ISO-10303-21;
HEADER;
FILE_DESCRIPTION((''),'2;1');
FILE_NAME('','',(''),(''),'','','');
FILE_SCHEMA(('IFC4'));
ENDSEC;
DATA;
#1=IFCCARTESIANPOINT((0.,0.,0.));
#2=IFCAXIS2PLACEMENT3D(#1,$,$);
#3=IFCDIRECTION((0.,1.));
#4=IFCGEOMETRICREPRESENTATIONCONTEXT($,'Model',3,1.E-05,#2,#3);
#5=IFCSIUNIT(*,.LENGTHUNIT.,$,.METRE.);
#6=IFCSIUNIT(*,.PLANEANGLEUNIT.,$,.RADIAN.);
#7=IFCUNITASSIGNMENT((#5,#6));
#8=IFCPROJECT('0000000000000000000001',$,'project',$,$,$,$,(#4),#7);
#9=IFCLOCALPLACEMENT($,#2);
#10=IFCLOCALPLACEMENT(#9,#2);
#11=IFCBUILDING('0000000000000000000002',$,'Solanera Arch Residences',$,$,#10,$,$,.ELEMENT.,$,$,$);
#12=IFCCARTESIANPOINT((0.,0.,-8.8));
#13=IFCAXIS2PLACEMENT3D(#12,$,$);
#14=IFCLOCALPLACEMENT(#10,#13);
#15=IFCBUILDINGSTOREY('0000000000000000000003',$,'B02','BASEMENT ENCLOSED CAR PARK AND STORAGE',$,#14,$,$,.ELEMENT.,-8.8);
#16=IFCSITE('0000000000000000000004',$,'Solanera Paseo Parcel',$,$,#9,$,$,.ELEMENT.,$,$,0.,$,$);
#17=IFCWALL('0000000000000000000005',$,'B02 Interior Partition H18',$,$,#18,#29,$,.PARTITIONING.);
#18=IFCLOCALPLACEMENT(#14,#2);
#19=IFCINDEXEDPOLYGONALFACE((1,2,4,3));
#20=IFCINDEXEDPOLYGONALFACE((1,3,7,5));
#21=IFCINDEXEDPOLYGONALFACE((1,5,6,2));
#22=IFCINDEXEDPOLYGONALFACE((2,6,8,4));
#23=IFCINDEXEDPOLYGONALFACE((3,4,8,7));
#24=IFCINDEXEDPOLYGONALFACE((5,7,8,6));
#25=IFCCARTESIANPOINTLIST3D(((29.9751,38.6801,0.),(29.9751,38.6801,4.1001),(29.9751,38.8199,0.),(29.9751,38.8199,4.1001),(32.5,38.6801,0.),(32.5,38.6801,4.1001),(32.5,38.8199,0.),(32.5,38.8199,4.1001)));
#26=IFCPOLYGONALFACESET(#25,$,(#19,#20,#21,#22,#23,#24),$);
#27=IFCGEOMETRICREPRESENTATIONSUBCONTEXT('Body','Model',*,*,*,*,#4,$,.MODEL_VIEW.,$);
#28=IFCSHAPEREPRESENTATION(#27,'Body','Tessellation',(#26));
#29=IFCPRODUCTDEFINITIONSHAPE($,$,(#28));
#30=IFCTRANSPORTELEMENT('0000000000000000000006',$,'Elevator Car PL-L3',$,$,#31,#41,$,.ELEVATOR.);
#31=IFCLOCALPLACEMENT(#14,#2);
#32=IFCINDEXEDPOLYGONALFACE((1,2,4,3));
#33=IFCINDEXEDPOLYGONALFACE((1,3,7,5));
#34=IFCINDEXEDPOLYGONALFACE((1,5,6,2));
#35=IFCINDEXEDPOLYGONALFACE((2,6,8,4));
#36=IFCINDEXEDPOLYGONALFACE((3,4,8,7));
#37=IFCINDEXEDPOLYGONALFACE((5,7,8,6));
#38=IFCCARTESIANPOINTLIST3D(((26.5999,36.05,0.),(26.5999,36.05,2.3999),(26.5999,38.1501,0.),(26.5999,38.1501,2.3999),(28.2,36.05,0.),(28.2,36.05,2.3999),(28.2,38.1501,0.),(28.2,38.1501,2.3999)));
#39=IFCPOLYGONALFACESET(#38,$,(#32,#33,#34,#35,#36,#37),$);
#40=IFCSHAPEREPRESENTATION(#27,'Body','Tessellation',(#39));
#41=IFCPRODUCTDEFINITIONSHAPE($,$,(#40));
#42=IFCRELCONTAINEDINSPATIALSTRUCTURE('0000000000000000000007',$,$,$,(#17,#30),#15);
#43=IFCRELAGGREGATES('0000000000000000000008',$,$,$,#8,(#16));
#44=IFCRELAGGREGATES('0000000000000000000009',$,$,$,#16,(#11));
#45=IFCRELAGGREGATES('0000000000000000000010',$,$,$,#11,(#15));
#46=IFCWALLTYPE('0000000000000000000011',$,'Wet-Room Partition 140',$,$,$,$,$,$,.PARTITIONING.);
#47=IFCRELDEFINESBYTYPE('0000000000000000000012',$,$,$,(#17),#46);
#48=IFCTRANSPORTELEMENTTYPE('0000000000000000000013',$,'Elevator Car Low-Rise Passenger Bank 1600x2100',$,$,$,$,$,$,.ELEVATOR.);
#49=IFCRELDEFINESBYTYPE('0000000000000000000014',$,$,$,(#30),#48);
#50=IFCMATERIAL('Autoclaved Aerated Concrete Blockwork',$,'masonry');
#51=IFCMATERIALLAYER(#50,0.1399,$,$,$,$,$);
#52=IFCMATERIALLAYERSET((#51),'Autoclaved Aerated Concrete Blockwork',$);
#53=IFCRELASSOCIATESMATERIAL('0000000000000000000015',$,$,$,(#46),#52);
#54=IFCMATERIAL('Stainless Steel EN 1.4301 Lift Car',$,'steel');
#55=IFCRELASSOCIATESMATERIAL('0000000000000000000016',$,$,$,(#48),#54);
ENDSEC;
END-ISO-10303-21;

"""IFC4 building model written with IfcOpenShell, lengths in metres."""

from ifc_helpers import new_model, si_unit, direction, frame, frame_2d, origin, origin_2d, place, context, subcontext, project, spatial, rectangle, extrude, material, layer, layer_set, type_object, element, save


model = new_model("IFC4")

# Units and contexts
model_context = context("Model", 3, precision=1e-05, world=origin(), true_north=direction((0.0, 1.0)))
body_context = subcontext(model_context, "Body", "Model", "MODEL_VIEW")
ifc_project = project(units=[si_unit("LENGTHUNIT", "METRE"), si_unit("PLANEANGLEUNIT", "RADIAN")], contexts=[model_context])

# Site, building, storey
site_placement = place(None, origin())
site = spatial("IfcSite", under=ifc_project, at=site_placement, Name="Solanera Paseo Parcel", CompositionType="ELEMENT", RefElevation=0.0)
building_placement = place(site_placement, origin())
building = spatial("IfcBuilding", under=site, at=building_placement, Name="Solanera Arch Residences", CompositionType="ELEMENT")
storey_placement = place(building_placement, frame((0.0, 0.0, -8.8)))
storey = spatial("IfcBuildingStorey", under=building, at=storey_placement, Name="B02", Description="BASEMENT ENCLOSED CAR PARK AND STORAGE", CompositionType="ELEMENT", Elevation=-8.8)

# Wall
ifc_material_1 = material(Name="Autoclaved Aerated Concrete Blockwork", Category="masonry")
ifc_layer_1 = layer(ifc_material_1, 0.1399)
ifc_layer_set_1 = layer_set([ifc_layer_1], Name="Autoclaved Aerated Concrete Blockwork")
wall_type_1 = type_object("IfcWallType", Name="Wet-Room Partition 140", PredefinedType="PARTITIONING", material=ifc_layer_set_1)
wall_1_placement = place(storey_placement, frame((29.9751, 38.75, 0.0), z_axis=(0.0, 0.0, 1.0), x_axis=(1.0, 0.0, 0.0)))
element("IfcWall", 1, at=wall_1_placement, inside=storey, type_object=wall_type_1, Name="B02 Interior Partition H18", PredefinedType="PARTITIONING", context=body_context, shape_type="SweptSolid", body=[
    extrude(rectangle(XDim=2.5249, YDim=0.1399, at=frame_2d((1.2625, 0.0))), origin(), (0.0, 0.0, 1.0), 4.1001),
])

# Transport element
ifc_material_2 = material(Name="Stainless Steel EN 1.4301 Lift Car", Category="steel")
transport_element_type = type_object("IfcTransportElementType", Name="Elevator Car Low-Rise Passenger Bank 1600x2100", PredefinedType="ELEVATOR", material=ifc_material_2)
transport_element_placement = place(storey_placement, frame((27.3999, 37.1001, 0.0), z_axis=(0.0, 0.0, 1.0), x_axis=(1.0, 0.0, 0.0)))
element("IfcTransportElement", 2, at=transport_element_placement, inside=storey, type_object=transport_element_type, Name="Elevator Car PL-L3", PredefinedType="ELEVATOR", context=body_context, shape_type="SweptSolid", body=[
    extrude(rectangle(XDim=1.6001, YDim=2.1001, at=origin_2d()), origin(), (0.0, 0.0, 1.0), 2.3999),
])

save(model, "model.ifc")
